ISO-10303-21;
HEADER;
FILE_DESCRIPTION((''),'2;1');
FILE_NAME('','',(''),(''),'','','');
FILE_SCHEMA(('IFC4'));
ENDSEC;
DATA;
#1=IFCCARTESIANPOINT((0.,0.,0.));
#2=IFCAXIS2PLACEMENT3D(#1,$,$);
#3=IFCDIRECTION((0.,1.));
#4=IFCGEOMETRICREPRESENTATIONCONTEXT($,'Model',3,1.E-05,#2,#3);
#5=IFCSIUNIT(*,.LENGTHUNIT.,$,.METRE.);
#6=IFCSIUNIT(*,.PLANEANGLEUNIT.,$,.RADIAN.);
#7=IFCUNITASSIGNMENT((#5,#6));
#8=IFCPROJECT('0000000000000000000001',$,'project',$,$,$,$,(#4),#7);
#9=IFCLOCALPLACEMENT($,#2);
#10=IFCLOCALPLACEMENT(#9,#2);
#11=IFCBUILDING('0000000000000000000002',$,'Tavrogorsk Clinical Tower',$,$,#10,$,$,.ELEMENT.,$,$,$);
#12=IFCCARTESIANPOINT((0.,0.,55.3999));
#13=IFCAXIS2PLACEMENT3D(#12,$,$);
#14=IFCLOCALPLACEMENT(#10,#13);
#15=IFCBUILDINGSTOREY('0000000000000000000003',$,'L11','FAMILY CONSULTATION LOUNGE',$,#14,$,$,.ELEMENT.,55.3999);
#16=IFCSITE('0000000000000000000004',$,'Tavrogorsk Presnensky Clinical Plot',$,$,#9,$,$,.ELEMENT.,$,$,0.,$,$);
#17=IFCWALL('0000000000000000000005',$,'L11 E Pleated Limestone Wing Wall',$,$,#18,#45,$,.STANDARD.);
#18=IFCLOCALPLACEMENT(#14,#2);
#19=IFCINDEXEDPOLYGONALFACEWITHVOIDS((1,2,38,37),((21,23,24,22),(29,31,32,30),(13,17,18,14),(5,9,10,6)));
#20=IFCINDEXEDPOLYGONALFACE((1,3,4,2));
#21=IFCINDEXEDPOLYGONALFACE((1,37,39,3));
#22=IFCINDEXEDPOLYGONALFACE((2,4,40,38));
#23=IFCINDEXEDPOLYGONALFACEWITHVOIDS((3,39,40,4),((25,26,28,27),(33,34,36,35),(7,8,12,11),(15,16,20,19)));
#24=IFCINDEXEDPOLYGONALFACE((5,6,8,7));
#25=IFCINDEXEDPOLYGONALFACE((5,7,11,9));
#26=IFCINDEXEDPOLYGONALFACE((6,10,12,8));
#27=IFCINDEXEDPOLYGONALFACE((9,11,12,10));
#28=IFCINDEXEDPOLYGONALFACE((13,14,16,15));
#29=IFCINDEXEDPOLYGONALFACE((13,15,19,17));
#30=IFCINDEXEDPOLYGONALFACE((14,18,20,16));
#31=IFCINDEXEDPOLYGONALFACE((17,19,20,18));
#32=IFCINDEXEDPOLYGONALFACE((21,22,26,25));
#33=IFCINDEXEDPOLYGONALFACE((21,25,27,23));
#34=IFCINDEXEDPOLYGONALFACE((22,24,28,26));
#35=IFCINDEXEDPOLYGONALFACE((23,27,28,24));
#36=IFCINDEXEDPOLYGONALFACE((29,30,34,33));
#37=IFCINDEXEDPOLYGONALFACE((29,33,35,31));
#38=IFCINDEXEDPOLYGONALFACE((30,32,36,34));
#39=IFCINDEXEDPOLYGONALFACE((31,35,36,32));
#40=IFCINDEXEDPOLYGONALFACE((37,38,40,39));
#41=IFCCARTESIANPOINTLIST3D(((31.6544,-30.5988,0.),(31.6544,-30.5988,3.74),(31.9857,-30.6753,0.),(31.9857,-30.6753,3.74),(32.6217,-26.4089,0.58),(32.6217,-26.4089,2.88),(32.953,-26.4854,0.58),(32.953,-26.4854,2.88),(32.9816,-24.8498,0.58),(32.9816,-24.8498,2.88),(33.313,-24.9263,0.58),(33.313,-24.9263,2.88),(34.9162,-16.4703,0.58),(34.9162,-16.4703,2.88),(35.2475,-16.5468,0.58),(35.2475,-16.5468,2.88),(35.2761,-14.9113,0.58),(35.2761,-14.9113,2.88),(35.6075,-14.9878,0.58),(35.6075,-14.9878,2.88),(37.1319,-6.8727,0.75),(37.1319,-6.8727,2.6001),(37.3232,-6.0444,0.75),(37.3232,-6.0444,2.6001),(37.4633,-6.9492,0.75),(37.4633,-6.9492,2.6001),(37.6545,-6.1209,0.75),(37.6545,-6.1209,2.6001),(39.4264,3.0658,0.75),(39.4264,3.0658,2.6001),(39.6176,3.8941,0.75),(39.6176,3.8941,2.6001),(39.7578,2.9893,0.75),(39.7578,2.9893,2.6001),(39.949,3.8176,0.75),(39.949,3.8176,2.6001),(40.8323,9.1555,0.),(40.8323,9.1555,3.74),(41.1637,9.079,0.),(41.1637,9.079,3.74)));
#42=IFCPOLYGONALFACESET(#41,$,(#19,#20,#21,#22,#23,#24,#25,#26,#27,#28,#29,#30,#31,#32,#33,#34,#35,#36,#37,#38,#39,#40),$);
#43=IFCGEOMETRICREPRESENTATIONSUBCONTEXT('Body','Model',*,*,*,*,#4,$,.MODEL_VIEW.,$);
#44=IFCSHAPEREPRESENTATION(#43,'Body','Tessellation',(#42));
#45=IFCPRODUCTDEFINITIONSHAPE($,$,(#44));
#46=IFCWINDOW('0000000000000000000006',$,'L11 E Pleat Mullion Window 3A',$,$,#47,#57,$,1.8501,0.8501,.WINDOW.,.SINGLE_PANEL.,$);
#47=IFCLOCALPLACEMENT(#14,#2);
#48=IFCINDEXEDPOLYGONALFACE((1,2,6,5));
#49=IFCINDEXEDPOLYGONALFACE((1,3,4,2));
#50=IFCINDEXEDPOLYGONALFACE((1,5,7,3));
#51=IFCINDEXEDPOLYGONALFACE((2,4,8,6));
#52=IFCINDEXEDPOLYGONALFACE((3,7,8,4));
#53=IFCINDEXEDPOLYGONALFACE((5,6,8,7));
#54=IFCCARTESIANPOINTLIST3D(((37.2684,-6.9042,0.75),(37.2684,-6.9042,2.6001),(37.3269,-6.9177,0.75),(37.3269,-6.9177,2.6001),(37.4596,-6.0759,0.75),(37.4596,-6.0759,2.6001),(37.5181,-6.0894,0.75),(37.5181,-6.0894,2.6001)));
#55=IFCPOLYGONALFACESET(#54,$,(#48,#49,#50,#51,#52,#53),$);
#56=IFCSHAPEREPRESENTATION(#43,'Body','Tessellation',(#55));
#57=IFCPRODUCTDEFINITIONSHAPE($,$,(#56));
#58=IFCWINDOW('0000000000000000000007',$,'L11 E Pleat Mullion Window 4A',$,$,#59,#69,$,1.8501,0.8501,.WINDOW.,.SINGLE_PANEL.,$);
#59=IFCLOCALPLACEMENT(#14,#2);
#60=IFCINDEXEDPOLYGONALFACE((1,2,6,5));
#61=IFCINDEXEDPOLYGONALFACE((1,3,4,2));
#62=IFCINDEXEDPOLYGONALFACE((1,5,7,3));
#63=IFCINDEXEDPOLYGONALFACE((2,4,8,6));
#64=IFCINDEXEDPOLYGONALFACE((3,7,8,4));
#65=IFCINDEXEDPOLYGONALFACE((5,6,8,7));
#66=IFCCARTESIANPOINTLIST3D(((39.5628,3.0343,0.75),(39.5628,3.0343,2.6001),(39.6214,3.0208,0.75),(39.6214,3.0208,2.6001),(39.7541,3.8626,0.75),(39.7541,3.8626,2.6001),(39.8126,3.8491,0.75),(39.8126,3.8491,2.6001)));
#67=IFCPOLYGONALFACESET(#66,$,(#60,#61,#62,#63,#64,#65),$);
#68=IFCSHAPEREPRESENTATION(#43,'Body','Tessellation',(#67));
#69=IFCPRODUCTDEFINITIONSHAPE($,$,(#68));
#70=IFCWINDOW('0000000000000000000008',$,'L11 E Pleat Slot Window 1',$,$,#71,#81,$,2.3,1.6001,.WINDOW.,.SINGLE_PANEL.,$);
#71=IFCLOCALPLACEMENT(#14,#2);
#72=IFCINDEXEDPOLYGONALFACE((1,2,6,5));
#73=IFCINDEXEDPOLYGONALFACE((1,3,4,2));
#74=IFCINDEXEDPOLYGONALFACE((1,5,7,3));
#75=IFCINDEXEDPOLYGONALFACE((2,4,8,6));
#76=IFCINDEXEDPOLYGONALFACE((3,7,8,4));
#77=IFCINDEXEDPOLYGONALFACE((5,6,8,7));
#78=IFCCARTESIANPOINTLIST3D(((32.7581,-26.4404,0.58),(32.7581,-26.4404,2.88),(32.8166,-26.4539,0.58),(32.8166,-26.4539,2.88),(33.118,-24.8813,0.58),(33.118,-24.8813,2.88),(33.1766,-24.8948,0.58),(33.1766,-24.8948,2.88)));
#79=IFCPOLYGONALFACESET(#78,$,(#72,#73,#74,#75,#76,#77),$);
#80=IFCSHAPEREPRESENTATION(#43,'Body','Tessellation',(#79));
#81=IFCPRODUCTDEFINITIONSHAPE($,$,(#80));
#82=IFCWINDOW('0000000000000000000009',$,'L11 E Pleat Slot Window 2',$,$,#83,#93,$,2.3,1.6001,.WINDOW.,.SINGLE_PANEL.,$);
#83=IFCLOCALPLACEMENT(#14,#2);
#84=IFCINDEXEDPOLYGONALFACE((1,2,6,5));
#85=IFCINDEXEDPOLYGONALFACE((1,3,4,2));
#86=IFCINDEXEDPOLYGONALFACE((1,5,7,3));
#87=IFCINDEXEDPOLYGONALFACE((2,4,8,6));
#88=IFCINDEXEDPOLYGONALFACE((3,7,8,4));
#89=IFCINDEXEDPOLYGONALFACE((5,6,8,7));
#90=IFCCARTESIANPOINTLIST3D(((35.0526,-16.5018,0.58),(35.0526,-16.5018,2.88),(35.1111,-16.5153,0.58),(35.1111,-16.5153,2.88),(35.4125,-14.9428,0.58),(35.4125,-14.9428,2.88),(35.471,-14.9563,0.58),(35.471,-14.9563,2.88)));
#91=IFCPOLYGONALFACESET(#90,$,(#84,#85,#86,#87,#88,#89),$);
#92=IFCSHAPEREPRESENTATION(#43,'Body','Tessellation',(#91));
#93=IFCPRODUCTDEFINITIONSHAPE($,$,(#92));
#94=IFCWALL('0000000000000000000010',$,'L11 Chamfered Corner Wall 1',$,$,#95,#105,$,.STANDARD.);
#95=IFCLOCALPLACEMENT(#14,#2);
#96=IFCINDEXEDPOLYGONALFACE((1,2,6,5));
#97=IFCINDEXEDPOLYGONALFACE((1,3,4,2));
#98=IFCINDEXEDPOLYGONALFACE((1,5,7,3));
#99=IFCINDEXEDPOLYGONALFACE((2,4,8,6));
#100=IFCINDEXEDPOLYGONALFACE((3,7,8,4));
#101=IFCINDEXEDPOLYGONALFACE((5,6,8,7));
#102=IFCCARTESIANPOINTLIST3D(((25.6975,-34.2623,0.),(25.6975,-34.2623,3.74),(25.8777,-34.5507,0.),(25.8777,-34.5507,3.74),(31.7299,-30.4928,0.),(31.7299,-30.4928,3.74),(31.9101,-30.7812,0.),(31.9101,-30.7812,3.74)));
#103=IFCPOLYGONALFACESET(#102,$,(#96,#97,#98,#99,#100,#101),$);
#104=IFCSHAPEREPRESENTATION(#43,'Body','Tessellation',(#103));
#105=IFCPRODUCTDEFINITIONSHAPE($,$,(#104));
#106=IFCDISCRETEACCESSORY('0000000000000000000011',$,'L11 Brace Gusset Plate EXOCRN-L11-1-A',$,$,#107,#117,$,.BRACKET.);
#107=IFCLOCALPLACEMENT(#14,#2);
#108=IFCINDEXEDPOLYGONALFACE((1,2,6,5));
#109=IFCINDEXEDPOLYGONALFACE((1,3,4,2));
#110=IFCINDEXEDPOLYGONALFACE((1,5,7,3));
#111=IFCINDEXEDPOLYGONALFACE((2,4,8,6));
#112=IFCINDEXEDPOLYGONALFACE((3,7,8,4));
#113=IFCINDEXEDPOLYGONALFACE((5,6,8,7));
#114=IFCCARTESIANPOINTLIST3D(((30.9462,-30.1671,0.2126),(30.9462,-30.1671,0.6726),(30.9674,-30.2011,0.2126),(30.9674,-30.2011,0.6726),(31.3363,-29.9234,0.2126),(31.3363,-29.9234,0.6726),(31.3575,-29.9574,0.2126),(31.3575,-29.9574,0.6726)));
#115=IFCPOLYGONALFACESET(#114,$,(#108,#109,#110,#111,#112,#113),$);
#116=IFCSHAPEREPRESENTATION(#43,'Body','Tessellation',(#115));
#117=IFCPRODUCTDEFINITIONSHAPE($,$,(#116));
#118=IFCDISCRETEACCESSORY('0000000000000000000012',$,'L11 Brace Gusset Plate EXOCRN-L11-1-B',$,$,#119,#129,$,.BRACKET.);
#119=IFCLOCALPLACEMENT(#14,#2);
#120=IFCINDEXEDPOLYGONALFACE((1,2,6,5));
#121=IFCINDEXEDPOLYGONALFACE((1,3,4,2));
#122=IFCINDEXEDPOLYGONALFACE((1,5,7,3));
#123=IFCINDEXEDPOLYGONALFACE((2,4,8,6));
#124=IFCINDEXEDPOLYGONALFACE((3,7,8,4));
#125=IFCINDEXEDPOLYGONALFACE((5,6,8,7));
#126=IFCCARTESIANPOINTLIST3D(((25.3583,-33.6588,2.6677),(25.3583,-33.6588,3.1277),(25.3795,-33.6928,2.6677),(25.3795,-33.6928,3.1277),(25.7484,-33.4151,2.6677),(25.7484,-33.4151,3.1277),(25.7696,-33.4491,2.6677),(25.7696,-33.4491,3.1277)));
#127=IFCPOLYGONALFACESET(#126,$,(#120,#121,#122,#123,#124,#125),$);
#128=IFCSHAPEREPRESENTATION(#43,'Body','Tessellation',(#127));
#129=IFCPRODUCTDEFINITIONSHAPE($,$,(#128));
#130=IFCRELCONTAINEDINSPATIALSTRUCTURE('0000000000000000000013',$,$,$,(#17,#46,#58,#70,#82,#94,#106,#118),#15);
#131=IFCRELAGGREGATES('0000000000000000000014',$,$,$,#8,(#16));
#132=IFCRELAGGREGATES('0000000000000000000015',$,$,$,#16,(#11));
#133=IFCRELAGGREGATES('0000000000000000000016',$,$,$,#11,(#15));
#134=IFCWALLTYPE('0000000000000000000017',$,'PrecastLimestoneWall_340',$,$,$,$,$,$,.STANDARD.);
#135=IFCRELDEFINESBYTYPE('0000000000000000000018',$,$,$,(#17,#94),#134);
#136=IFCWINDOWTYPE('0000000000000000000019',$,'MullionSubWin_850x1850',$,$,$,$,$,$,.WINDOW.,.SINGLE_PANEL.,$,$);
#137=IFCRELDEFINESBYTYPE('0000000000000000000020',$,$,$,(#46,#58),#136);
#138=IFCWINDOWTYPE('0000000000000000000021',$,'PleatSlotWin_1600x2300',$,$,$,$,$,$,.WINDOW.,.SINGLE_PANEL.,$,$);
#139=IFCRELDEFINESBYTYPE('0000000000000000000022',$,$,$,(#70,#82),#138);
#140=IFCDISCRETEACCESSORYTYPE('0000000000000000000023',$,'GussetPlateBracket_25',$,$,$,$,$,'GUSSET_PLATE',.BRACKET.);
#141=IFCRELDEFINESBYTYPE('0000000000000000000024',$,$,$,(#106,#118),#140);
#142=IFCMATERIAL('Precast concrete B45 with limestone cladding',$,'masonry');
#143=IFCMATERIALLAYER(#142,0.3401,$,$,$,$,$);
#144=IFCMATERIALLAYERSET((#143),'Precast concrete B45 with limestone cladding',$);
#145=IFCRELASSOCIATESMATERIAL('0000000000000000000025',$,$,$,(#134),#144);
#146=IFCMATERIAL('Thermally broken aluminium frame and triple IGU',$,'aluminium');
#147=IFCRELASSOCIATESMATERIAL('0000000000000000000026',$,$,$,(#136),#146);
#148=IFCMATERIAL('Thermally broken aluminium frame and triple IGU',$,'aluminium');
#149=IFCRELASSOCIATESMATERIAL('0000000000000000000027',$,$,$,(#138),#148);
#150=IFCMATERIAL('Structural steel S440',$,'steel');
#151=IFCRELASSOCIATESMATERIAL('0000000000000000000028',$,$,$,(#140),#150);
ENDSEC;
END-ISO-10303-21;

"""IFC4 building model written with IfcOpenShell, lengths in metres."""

from ifc_helpers import new_model, si_unit, direction, frame, frame_2d, origin, origin_2d, place, context, subcontext, project, spatial, rectangle, extrude, material, layer, layer_set, type_object, element, fill, save


model = new_model("IFC4")

# Units and contexts
model_context = context("Model", 3, precision=1e-05, world=origin(), true_north=direction((0.0, 1.0)))
body_context = subcontext(model_context, "Body", "Model", "MODEL_VIEW")
ifc_project = project(units=[si_unit("LENGTHUNIT", "METRE"), si_unit("PLANEANGLEUNIT", "RADIAN")], contexts=[model_context])

# Site, building, storey
site_placement = place(None, origin())
site = spatial("IfcSite", under=ifc_project, at=site_placement, Name="Tavrogorsk Presnensky Clinical Plot", CompositionType="ELEMENT", RefElevation=0.0)
building_placement = place(site_placement, origin())
building = spatial("IfcBuilding", under=site, at=building_placement, Name="Tavrogorsk Clinical Tower", CompositionType="ELEMENT")
storey_placement = place(building_placement, frame((0.0, 0.0, 55.3999)))
storey = spatial("IfcBuildingStorey", under=building, at=storey_placement, Name="L11", Description="FAMILY CONSULTATION LOUNGE", CompositionType="ELEMENT", Elevation=55.3999)

# Wall, openings, windows
ifc_material_1 = material(Name="Precast concrete B45 with limestone cladding", Category="masonry")
ifc_layer_1 = layer(ifc_material_1, 0.3401)
ifc_layer_set_1 = layer_set([ifc_layer_1], Name="Precast concrete B45 with limestone cladding")
wall_type_1 = type_object("IfcWallType", Name="PrecastLimestoneWall_340", PredefinedType="STANDARD", material=ifc_layer_set_1)
wall_1_placement = place(storey_placement, frame((31.8201, -30.637, 0.0), z_axis=(0.0, 0.0, 1.0), x_axis=(0.22495, 0.97437, 0.0)))
wall_1 = element("IfcWall", 1, at=wall_1_placement, inside=storey, type_object=wall_type_1, Name="L11 E Pleated Limestone Wing Wall", PredefinedType="STANDARD", context=body_context, shape_type="SweptSolid", body=[
    extrude(rectangle(XDim=40.8, YDim=0.3401, at=frame_2d((20.3999, 0.0))), origin(), (0.0, 0.0, 1.0), 3.74),
])
opening_1_placement = place(wall_1_placement, frame((4.3, 0.0, 0.5801)))
opening_1 = element("IfcOpeningElement", 2, at=opening_1_placement, cuts=wall_1, PredefinedType="OPENING", context=body_context, shape_type="SweptSolid", body=[
    extrude(rectangle(XDim=1.6001, YDim=2.3, at=frame_2d((0.8, 1.1499))), frame((0.0, 0.1799, 0.0), z_axis=(0.0, -1.0, 0.0), x_axis=(1.0, 0.0, 0.0)), (0.0, 0.0, 1.0), 0.3601),
])
opening_2_placement = place(wall_1_placement, frame((14.5, 0.0, 0.5801)))
opening_2 = element("IfcOpeningElement", 3, at=opening_2_placement, cuts=wall_1, PredefinedType="OPENING", context=body_context, shape_type="SweptSolid", body=[
    extrude(rectangle(XDim=1.6001, YDim=2.3, at=frame_2d((0.8, 1.1499))), frame((0.0, 0.1799, 0.0), z_axis=(0.0, -1.0, 0.0), x_axis=(1.0, 0.0, 0.0)), (0.0, 0.0, 1.0), 0.3601),
])
opening_3_placement = place(wall_1_placement, frame((24.3501, 0.0, 0.75)))
opening_3 = element("IfcOpeningElement", 4, at=opening_3_placement, cuts=wall_1, PredefinedType="OPENING", context=body_context, shape_type="SweptSolid", body=[
    extrude(rectangle(XDim=0.8501, YDim=1.8501, at=frame_2d((0.425, 0.925))), frame((0.0, 0.1799, 0.0), z_axis=(0.0, -1.0, 0.0), x_axis=(1.0, 0.0, 0.0)), (0.0, 0.0, 1.0), 0.3601),
])
opening_4_placement = place(wall_1_placement, frame((34.55, 0.0, 0.75)))
opening_4 = element("IfcOpeningElement", 5, at=opening_4_placement, cuts=wall_1, PredefinedType="OPENING", context=body_context, shape_type="SweptSolid", body=[
    extrude(rectangle(XDim=0.8501, YDim=1.8501, at=frame_2d((0.425, 0.925))), frame((0.0, 0.1799, 0.0), z_axis=(0.0, -1.0, 0.0), x_axis=(1.0, 0.0, 0.0)), (0.0, 0.0, 1.0), 0.3601),
])
ifc_material_2 = material(Name="Thermally broken aluminium frame and triple IGU", Category="aluminium")
window_type_1 = type_object("IfcWindowType", Name="MullionSubWin_850x1850", PartitioningType="SINGLE_PANEL", PredefinedType="WINDOW", material=ifc_material_2)
window_1_placement = place(opening_3_placement, origin())
window_1 = element("IfcWindow", 6, at=window_1_placement, inside=storey, type_object=window_type_1, Name="L11 E Pleat Mullion Window 3A", OverallHeight=1.8501, OverallWidth=0.8501, PartitioningType="SINGLE_PANEL", PredefinedType="WINDOW", context=body_context, shape_type="SweptSolid", body=[
    extrude(rectangle(XDim=0.8501, YDim=1.8501, at=frame_2d((0.425, 0.925))), frame((0.0, 0.03, 0.0), z_axis=(0.0, -1.0, 0.0), x_axis=(1.0, 0.0, 0.0)), (0.0, 0.0, 1.0), 0.0601),
])
fill(opening_3, window_1)
window_2_placement = place(opening_4_placement, origin())
window_2 = element("IfcWindow", 7, at=window_2_placement, inside=storey, type_object=window_type_1, Name="L11 E Pleat Mullion Window 4A", OverallHeight=1.8501, OverallWidth=0.8501, PartitioningType="SINGLE_PANEL", PredefinedType="WINDOW", context=body_context, shape_type="SweptSolid", body=[
    extrude(rectangle(XDim=0.8501, YDim=1.8501, at=frame_2d((0.425, 0.925))), frame((0.0, 0.03, 0.0), z_axis=(0.0, -1.0, 0.0), x_axis=(1.0, 0.0, 0.0)), (0.0, 0.0, 1.0), 0.0601),
])
fill(opening_4, window_2)
ifc_material_3 = material(Name="Thermally broken aluminium frame and triple IGU", Category="aluminium")
window_type_2 = type_object("IfcWindowType", Name="PleatSlotWin_1600x2300", PartitioningType="SINGLE_PANEL", PredefinedType="WINDOW", material=ifc_material_3)
window_3_placement = place(opening_1_placement, origin())
window_3 = element("IfcWindow", 8, at=window_3_placement, inside=storey, type_object=window_type_2, Name="L11 E Pleat Slot Window 1", OverallHeight=2.3, OverallWidth=1.6001, PartitioningType="SINGLE_PANEL", PredefinedType="WINDOW", context=body_context, shape_type="SweptSolid", body=[
    extrude(rectangle(XDim=1.6001, YDim=2.3, at=frame_2d((0.8, 1.1499))), frame((0.0, 0.03, 0.0), z_axis=(0.0, -1.0, 0.0), x_axis=(1.0, 0.0, 0.0)), (0.0, 0.0, 1.0), 0.0601),
])
fill(opening_1, window_3)
window_4_placement = place(opening_2_placement, origin())
window_4 = element("IfcWindow", 9, at=window_4_placement, inside=storey, type_object=window_type_2, Name="L11 E Pleat Slot Window 2", OverallHeight=2.3, OverallWidth=1.6001, PartitioningType="SINGLE_PANEL", PredefinedType="WINDOW", context=body_context, shape_type="SweptSolid", body=[
    extrude(rectangle(XDim=1.6001, YDim=2.3, at=frame_2d((0.8, 1.1499))), frame((0.0, 0.03, 0.0), z_axis=(0.0, -1.0, 0.0), x_axis=(1.0, 0.0, 0.0)), (0.0, 0.0, 1.0), 0.0601),
])
fill(opening_2, window_4)

# Wall
wall_2_placement = place(storey_placement, frame((25.7876, -34.4065, 0.0), z_axis=(0.0, 0.0, 1.0), x_axis=(0.848047, 0.529922, 0.0)))
element("IfcWall", 10, at=wall_2_placement, inside=storey, type_object=wall_type_1, Name="L11 Chamfered Corner Wall 1", PredefinedType="STANDARD", context=body_context, shape_type="SweptSolid", body=[
    extrude(rectangle(XDim=7.1133, YDim=0.3401, at=frame_2d((3.5566, 0.0))), origin(), (0.0, 0.0, 1.0), 3.74),
])

# Discrete accessories
ifc_material_4 = material(Name="Structural steel S440", Category="steel")
discrete_accessory_type = type_object("IfcDiscreteAccessoryType", Name="GussetPlateBracket_25", ElementType="GUSSET_PLATE", PredefinedType="BRACKET", material=ifc_material_4)
for number, where, z_axis, x_axis, name in (
    (11, (31.1519, -30.0623, 0.2126), (0.0, 0.0, 1.0), (-0.848048, -0.529919, 0.0), "L11 Brace Gusset Plate EXOCRN-L11-1-A"),
    (12, (25.564, -33.554, 2.6677), (0.0, 0.0, 1.0), (-0.848048, -0.529919, 0.0), "L11 Brace Gusset Plate EXOCRN-L11-1-B"),
):
    element("IfcDiscreteAccessory", number, at=place(storey_placement, frame(where, z_axis=z_axis, x_axis=x_axis)), inside=storey, type_object=discrete_accessory_type, Name=name, PredefinedType="BRACKET", context=body_context, shape_type="SweptSolid", body=[
        extrude(rectangle(XDim=0.46, YDim=0.04, at=origin_2d()), origin(), (0.0, 0.0, 1.0), 0.46),
    ])

save(model, "model.ifc")
